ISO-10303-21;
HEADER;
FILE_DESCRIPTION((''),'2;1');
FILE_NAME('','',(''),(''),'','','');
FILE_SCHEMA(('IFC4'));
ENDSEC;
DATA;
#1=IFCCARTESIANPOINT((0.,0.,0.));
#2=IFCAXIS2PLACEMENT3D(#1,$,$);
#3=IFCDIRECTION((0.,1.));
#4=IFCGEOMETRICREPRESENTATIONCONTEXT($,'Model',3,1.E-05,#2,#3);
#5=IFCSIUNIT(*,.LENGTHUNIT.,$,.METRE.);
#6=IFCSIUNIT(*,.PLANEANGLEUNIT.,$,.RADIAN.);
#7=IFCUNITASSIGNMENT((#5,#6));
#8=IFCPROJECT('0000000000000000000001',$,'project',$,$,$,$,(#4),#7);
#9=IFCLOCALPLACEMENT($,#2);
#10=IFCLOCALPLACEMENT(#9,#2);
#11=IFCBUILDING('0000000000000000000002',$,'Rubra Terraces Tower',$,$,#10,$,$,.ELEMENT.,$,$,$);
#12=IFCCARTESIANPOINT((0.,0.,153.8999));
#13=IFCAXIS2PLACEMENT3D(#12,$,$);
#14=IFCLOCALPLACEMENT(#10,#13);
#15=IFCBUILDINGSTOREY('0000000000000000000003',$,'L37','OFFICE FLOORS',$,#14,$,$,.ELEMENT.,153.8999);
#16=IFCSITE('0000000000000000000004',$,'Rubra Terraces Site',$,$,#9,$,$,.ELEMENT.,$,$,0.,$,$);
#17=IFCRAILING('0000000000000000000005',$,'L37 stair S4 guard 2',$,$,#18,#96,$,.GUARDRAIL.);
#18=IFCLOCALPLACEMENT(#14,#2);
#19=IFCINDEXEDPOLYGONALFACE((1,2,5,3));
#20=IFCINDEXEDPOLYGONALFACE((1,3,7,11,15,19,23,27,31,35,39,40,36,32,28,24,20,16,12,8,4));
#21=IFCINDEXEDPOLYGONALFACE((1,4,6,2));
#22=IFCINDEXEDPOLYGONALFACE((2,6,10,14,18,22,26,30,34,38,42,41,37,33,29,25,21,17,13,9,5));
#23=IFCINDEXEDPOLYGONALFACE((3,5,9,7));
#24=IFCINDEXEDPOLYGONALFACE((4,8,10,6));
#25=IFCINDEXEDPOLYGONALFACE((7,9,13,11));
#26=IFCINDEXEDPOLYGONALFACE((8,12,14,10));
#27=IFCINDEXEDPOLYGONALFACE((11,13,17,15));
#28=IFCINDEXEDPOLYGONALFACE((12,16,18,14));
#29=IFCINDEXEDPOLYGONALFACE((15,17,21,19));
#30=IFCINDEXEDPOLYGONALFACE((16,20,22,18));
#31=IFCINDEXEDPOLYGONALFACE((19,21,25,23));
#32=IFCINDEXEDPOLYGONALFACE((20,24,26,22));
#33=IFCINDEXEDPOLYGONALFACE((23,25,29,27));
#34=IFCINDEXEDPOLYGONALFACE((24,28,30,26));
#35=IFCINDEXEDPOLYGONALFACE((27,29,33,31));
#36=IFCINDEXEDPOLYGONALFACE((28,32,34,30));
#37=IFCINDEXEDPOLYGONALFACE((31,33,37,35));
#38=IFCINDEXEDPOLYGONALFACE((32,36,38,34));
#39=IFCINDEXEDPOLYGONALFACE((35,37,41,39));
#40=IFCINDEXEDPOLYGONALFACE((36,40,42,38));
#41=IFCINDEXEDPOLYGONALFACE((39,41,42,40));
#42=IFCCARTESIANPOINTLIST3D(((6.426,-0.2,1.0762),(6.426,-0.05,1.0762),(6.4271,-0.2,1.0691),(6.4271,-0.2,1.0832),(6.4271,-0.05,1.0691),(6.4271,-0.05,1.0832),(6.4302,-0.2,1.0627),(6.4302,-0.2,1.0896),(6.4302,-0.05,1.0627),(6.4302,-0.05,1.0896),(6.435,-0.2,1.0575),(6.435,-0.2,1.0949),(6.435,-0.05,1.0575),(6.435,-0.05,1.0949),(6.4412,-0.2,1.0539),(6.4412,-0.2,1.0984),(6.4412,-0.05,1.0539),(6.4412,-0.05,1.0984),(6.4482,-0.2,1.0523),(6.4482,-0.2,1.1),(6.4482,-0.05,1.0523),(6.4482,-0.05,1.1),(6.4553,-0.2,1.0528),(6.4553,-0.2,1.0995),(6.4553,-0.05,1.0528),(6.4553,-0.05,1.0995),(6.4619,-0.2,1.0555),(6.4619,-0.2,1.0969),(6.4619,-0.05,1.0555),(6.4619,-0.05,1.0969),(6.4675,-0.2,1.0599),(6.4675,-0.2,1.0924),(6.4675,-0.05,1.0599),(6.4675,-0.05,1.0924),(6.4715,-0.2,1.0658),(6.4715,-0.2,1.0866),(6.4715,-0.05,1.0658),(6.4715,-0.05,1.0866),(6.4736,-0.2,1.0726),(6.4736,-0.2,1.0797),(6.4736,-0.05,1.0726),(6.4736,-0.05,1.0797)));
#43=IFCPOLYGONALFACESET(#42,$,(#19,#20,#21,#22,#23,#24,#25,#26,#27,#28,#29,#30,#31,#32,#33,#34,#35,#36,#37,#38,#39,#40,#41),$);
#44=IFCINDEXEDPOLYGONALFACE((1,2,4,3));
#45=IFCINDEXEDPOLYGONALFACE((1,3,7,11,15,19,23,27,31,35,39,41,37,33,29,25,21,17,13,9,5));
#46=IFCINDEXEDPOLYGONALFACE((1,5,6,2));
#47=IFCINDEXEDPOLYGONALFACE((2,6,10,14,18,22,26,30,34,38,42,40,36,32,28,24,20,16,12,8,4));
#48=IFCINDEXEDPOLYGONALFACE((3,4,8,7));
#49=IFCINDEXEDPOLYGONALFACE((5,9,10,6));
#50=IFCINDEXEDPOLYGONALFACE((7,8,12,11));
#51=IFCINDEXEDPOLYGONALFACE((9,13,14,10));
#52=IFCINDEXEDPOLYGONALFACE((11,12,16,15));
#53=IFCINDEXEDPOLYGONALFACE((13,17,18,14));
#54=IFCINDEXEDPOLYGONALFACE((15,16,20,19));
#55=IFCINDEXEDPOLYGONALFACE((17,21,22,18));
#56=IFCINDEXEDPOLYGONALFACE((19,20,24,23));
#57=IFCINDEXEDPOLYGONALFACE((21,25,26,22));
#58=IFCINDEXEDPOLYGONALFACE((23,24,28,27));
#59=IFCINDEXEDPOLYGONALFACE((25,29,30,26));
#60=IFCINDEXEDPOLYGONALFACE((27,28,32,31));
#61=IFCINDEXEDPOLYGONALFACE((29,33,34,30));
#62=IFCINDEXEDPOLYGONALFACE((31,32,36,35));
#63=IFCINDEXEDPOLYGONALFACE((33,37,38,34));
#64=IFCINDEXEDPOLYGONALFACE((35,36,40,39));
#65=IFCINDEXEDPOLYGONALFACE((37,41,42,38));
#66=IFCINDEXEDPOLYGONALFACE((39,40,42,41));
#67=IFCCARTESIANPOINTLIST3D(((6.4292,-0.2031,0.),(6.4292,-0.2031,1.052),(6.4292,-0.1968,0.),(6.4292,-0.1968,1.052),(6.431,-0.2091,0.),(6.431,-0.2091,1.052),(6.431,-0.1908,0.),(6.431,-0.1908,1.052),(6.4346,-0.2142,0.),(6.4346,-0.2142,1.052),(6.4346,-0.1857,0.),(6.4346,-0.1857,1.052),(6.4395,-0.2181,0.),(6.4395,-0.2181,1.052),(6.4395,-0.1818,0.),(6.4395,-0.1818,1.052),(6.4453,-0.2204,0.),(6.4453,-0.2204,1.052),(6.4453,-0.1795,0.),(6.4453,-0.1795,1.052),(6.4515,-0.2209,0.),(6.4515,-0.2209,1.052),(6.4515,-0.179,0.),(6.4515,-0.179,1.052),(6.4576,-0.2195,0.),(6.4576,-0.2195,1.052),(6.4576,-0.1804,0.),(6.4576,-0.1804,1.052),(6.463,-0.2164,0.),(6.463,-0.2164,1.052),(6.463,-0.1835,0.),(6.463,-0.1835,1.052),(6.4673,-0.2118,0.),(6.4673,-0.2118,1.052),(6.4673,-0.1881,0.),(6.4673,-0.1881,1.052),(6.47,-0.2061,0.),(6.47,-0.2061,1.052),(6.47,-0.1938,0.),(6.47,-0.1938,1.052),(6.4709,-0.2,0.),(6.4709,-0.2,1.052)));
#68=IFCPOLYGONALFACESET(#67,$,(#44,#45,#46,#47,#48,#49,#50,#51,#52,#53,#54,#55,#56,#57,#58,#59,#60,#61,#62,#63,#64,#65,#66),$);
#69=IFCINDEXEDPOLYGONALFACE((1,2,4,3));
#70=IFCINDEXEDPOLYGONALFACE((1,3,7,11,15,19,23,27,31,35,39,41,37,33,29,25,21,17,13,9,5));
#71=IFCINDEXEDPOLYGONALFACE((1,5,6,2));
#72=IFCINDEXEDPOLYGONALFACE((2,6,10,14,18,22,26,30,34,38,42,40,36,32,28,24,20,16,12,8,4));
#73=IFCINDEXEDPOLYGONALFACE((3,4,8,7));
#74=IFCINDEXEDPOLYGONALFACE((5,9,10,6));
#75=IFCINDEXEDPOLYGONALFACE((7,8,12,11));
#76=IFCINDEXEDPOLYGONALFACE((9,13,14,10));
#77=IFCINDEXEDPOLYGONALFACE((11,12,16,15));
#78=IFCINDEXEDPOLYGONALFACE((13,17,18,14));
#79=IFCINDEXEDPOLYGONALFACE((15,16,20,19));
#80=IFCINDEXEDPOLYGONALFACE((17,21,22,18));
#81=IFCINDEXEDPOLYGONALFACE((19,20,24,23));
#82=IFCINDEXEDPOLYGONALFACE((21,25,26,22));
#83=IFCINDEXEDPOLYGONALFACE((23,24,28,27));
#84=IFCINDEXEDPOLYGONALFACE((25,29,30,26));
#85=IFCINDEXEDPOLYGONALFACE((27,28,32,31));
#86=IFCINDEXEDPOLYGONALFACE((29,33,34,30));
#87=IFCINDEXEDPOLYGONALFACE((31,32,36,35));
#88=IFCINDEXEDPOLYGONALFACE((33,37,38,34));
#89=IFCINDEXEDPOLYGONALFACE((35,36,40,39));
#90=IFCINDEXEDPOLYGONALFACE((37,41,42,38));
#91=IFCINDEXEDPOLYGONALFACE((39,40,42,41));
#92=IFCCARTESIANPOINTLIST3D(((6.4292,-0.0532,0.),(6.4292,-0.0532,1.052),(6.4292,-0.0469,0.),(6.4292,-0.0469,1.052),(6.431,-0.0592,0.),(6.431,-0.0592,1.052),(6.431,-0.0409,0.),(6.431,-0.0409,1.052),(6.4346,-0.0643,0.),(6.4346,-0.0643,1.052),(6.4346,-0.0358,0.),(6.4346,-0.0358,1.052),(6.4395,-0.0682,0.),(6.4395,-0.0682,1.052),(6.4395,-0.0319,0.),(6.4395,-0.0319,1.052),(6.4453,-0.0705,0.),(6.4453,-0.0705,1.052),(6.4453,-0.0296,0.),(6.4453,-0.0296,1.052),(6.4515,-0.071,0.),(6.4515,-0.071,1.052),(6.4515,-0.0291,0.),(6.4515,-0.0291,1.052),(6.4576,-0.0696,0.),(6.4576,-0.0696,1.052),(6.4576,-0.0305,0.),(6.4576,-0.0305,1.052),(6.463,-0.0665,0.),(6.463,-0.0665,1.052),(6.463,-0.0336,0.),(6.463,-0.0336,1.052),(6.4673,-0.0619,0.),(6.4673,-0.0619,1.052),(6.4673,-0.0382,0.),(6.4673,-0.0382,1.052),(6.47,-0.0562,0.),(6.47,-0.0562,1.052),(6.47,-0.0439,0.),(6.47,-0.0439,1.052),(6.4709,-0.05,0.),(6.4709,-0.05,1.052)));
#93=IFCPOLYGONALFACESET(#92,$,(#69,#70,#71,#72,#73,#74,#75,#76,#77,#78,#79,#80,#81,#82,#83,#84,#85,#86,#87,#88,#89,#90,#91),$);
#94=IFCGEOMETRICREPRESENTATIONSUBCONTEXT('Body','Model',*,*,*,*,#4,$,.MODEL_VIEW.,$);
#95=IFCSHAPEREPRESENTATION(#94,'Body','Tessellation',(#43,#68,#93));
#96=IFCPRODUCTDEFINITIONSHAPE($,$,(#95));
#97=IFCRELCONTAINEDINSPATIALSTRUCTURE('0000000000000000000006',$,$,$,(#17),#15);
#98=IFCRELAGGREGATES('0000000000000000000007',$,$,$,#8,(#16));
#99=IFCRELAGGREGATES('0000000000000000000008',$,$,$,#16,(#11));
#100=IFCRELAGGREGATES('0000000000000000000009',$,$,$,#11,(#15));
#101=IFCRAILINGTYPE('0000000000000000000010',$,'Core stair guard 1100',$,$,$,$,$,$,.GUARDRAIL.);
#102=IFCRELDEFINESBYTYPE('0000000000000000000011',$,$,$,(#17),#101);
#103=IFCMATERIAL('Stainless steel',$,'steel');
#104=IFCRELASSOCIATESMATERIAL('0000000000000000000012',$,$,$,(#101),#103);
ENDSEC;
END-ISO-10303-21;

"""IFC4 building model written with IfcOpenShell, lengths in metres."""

from ifc_helpers import new_model, si_unit, direction, frame, origin, origin_2d, place, context, subcontext, project, spatial, circle, extrude, material, type_object, element, save


model = new_model("IFC4")

# Units and contexts
model_context = context("Model", 3, precision=1e-05, world=origin(), true_north=direction((0.0, 1.0)))
body_context = subcontext(model_context, "Body", "Model", "MODEL_VIEW")
ifc_project = project(units=[si_unit("LENGTHUNIT", "METRE"), si_unit("PLANEANGLEUNIT", "RADIAN")], contexts=[model_context])

# Site, building, storey
site_placement = place(None, origin())
site = spatial("IfcSite", under=ifc_project, at=site_placement, Name="Rubra Terraces Site", CompositionType="ELEMENT", RefElevation=0.0)
building_placement = place(site_placement, origin())
building = spatial("IfcBuilding", under=site, at=building_placement, Name="Rubra Terraces Tower", CompositionType="ELEMENT")
storey_placement = place(building_placement, frame((0.0, 0.0, 153.8999)))
storey = spatial("IfcBuildingStorey", under=building, at=storey_placement, Name="L37", Description="OFFICE FLOORS", CompositionType="ELEMENT", Elevation=153.8999)

# Railing
ifc_material_1 = material(Name="Stainless steel", Category="steel")
railing_type_1 = type_object("IfcRailingType", Name="Core stair guard 1100", PredefinedType="GUARDRAIL", material=ifc_material_1)
railing_1_placement = place(storey_placement, frame((6.45, -0.2, 0.0)))
element("IfcRailing", 1, at=railing_1_placement, inside=storey, type_object=railing_type_1, Name="L37 stair S4 guard 2", PredefinedType="GUARDRAIL", context=body_context, shape_type="SweptSolid", body=[
    extrude(circle(Radius=0.0239, at=origin_2d()), frame((0.0, 0.0, 1.0762), z_axis=(0.0, 1.0, 0.0), x_axis=(-1.0, 0.0, 0.0)), (0.0, 0.0, 1.0), 0.1499),
    extrude(circle(Radius=0.021, at=origin_2d()), origin(), (0.0, 0.0, 1.0), 1.052),
    extrude(circle(Radius=0.021, at=origin_2d()), frame((0.0, 0.1499, 0.0)), (0.0, 0.0, 1.0), 1.052),
])

save(model, "model.ifc")
